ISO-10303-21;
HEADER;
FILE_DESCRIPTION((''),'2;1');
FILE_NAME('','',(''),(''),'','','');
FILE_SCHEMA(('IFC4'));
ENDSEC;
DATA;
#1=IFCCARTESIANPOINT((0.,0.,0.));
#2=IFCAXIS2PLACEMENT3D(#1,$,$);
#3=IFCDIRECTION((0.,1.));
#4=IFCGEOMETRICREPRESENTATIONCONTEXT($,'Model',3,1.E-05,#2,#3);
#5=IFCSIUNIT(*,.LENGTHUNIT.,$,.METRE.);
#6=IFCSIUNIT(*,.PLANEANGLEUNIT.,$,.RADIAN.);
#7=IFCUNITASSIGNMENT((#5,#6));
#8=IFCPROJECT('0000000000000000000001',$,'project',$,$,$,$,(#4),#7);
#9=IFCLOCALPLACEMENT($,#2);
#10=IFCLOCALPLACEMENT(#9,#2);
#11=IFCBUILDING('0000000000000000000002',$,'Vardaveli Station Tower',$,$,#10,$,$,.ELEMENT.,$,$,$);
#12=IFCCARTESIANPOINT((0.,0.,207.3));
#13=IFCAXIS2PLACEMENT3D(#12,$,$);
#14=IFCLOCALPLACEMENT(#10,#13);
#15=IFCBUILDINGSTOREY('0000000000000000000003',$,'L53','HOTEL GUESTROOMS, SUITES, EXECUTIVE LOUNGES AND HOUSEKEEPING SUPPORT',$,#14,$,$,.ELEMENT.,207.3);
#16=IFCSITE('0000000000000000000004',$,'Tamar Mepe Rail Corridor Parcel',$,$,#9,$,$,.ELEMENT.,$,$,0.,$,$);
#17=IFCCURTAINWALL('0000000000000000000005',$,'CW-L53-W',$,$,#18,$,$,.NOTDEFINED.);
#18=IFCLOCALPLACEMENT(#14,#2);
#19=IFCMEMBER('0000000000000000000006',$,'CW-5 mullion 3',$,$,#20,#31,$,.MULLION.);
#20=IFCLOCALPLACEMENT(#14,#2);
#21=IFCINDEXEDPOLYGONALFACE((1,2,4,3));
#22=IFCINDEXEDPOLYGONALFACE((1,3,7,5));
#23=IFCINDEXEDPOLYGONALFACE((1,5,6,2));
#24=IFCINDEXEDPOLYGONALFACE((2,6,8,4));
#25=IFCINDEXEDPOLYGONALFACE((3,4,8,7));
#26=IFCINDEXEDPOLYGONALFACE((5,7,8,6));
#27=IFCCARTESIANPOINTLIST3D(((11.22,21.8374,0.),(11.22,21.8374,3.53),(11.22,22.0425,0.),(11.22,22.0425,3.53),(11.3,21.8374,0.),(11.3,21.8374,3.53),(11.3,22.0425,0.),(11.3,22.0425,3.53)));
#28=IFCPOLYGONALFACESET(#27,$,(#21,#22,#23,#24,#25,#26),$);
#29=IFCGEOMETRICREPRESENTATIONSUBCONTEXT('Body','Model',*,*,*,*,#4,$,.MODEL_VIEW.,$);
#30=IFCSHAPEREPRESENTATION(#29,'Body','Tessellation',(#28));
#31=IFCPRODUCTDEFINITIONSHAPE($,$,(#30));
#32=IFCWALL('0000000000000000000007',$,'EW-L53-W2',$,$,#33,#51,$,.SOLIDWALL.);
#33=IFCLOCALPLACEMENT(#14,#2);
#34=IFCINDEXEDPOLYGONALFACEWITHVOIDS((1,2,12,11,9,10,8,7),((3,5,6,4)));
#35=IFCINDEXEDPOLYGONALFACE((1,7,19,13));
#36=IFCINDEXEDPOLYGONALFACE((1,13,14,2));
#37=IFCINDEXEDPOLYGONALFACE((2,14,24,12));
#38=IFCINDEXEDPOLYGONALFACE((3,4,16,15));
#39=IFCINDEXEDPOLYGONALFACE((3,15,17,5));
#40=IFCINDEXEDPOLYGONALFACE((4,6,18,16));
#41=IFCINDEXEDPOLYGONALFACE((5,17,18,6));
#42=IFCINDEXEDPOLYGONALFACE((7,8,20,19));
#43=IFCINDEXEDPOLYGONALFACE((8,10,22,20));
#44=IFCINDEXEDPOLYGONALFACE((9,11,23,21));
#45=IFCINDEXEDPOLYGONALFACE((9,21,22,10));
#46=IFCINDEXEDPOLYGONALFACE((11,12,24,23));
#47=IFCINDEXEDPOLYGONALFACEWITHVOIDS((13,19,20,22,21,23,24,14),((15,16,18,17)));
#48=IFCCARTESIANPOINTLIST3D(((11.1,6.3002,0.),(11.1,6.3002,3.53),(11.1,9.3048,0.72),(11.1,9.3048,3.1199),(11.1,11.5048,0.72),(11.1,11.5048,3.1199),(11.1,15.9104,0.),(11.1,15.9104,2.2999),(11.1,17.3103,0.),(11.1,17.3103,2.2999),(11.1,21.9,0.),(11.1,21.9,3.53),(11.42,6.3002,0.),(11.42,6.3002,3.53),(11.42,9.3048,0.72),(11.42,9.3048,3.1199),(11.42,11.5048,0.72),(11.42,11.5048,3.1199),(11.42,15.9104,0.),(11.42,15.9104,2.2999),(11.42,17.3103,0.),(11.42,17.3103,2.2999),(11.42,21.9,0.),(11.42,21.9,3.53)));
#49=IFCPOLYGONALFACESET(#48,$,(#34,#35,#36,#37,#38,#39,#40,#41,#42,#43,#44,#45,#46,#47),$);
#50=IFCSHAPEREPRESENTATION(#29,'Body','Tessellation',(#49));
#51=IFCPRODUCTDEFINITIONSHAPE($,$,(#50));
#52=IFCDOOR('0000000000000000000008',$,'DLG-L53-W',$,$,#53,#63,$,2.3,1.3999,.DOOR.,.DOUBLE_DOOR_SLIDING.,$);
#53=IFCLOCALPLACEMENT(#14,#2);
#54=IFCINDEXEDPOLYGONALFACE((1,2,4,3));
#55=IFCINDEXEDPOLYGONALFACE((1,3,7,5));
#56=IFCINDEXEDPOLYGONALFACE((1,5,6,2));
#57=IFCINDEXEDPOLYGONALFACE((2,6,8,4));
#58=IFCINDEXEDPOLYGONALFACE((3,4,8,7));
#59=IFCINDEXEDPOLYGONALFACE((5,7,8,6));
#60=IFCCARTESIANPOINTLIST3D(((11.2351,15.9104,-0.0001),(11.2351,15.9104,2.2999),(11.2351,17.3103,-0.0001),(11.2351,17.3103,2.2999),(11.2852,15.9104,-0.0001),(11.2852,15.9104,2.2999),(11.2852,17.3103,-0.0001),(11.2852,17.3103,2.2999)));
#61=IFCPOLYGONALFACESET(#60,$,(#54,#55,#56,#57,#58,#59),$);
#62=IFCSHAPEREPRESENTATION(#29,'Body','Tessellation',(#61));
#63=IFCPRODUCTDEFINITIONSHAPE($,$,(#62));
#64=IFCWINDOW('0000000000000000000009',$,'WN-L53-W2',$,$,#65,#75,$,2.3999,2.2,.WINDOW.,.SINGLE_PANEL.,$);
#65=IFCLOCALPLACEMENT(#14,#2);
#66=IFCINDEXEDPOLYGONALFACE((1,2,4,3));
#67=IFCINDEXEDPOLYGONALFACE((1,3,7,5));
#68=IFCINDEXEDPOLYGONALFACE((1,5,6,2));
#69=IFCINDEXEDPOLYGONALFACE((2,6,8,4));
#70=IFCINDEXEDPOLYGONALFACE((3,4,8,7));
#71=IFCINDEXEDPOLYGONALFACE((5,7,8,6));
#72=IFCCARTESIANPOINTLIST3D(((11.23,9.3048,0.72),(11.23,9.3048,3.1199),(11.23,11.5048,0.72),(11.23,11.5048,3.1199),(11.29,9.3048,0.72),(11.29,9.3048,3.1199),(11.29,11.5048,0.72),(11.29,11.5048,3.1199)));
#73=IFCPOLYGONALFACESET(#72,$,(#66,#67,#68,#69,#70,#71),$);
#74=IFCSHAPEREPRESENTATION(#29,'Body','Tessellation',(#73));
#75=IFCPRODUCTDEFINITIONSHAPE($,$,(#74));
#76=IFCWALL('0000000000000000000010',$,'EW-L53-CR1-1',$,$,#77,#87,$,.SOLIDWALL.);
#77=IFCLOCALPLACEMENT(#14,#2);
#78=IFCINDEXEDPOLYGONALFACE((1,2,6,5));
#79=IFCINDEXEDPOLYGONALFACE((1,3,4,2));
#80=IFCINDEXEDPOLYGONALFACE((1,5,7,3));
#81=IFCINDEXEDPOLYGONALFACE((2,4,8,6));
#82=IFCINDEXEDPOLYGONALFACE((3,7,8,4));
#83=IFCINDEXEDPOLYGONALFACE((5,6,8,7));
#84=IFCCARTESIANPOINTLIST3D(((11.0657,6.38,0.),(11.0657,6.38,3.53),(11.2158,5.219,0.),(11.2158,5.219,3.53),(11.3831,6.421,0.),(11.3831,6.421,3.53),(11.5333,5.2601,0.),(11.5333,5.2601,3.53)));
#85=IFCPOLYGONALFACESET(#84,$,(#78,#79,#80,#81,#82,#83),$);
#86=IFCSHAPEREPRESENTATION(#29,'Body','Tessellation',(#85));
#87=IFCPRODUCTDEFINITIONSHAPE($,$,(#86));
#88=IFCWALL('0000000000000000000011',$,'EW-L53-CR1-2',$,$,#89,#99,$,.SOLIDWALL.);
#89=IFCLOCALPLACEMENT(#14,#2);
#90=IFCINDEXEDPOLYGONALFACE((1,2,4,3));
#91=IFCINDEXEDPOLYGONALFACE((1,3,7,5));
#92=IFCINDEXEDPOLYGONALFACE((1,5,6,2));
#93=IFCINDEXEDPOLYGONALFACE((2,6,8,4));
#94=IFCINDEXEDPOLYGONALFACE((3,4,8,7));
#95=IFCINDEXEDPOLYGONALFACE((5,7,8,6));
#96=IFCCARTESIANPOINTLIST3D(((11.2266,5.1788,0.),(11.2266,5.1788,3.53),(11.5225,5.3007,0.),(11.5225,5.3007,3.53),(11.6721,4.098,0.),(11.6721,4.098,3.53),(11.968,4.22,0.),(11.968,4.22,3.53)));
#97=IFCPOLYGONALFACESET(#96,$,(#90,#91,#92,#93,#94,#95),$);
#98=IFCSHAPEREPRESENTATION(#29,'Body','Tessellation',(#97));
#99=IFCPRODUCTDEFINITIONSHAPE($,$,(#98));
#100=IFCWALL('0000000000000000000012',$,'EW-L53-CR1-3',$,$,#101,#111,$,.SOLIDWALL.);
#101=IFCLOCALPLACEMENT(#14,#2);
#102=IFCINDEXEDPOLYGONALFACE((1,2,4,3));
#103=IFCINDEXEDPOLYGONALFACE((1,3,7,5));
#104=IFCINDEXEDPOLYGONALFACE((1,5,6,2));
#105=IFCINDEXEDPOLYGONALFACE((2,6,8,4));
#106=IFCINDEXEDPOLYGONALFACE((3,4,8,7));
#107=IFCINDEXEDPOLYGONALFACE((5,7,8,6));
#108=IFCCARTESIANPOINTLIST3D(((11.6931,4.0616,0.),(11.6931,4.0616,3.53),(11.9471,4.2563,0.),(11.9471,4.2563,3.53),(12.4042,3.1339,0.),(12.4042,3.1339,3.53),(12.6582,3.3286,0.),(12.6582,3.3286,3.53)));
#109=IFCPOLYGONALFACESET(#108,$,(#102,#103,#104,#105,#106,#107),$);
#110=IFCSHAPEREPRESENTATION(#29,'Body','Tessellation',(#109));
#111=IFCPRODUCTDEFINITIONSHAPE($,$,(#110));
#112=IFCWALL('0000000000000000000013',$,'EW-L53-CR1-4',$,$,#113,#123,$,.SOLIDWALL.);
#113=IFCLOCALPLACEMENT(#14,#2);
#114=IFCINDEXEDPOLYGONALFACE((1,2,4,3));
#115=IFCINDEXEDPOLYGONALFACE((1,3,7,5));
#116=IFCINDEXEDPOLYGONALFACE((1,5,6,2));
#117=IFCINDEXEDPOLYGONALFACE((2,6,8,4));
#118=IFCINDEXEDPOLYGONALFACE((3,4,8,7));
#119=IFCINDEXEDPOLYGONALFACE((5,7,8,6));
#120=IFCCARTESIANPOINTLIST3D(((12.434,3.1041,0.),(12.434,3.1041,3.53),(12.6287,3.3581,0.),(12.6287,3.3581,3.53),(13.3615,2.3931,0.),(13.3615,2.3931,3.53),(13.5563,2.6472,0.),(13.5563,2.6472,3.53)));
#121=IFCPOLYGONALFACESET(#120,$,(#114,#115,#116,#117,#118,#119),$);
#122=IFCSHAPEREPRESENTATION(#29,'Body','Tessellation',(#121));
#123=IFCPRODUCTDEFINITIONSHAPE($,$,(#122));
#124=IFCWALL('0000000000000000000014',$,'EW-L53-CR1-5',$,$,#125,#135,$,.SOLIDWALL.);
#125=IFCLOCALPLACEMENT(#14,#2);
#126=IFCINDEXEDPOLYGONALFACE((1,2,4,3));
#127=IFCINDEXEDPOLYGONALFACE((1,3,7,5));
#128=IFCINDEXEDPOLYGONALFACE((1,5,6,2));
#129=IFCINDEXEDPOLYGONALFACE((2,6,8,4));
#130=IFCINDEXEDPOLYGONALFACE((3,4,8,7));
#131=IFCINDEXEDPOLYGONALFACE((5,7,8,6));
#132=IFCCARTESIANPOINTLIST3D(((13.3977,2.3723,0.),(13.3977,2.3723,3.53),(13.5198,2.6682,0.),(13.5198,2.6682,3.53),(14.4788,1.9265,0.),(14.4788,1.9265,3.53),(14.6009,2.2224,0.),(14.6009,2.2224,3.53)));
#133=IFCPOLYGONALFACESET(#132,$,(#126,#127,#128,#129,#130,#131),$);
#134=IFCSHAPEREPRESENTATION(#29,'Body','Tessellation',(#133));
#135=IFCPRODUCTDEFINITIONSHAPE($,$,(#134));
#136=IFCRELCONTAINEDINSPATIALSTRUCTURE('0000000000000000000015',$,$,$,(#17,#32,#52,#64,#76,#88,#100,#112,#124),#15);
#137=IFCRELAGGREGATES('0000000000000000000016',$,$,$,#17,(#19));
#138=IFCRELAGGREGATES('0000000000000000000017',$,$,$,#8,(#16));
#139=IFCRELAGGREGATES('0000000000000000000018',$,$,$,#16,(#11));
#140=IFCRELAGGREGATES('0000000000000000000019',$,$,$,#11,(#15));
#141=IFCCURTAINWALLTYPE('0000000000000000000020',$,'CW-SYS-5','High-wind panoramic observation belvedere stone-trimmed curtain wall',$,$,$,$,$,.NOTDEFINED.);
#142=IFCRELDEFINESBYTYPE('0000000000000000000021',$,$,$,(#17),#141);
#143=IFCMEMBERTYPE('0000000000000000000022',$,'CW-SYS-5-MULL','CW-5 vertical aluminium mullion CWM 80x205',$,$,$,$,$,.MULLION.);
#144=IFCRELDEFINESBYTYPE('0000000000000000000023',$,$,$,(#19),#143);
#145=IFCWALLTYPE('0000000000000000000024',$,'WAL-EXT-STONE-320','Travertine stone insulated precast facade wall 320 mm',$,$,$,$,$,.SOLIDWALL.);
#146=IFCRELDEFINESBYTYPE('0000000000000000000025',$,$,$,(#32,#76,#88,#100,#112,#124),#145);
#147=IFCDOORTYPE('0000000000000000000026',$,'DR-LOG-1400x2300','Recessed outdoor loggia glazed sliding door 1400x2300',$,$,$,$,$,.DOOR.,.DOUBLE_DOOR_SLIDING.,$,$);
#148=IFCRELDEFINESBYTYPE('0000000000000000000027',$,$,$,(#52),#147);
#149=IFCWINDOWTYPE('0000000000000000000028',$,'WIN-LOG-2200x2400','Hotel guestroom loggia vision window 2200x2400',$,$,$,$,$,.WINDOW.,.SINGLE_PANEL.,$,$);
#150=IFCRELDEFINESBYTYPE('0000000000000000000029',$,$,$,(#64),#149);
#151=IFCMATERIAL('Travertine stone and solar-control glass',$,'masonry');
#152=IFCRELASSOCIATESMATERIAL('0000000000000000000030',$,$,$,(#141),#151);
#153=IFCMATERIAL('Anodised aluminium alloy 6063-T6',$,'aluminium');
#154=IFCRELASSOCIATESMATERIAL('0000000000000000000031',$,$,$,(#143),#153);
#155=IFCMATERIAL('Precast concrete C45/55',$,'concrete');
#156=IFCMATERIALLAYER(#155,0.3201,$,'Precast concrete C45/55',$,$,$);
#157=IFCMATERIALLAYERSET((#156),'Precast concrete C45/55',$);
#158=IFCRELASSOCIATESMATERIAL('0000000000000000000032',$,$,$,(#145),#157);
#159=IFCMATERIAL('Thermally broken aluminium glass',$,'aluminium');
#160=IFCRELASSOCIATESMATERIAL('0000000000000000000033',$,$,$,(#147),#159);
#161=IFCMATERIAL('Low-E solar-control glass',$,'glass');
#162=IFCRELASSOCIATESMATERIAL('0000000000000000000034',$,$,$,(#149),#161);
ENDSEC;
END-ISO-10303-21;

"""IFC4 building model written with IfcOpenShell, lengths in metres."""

from ifc_helpers import new_model, si_unit, direction, frame, frame_2d, origin, origin_2d, place, context, subcontext, project, spatial, rectangle, extrude, source, transform, mapped, material, layer, layer_set, material_profile, profile_set, type_object, element, fill, aggregate, save


model = new_model("IFC4")

# Units and contexts
model_context = context("Model", 3, precision=1e-05, world=origin(), true_north=direction((0.0, 1.0)))
body_context = subcontext(model_context, "Body", "Model", "MODEL_VIEW")
ifc_project = project(units=[si_unit("LENGTHUNIT", "METRE"), si_unit("PLANEANGLEUNIT", "RADIAN")], contexts=[model_context])

# Site, building, storey
site_placement = place(None, origin())
site = spatial("IfcSite", under=ifc_project, at=site_placement, Name="Tamar Mepe Rail Corridor Parcel", CompositionType="ELEMENT", RefElevation=0.0)
building_placement = place(site_placement, origin())
building = spatial("IfcBuilding", under=site, at=building_placement, Name="Vardaveli Station Tower", CompositionType="ELEMENT")
storey_placement = place(building_placement, frame((0.0, 0.0, 207.3)))
storey = spatial("IfcBuildingStorey", under=building, at=storey_placement, Name="L53", Description="HOTEL GUESTROOMS, SUITES, EXECUTIVE LOUNGES AND HOUSEKEEPING SUPPORT", CompositionType="ELEMENT", Elevation=207.3)

# Shared definitions
ifc_material_1 = material(Name="Precast concrete C45/55", Category="concrete")

# Curtain wall, member
ifc_material_2 = material(Name="Travertine stone and solar-control glass", Category="masonry")
curtain_wall_type = type_object("IfcCurtainWallType", Name="CW-SYS-5", Description="High-wind panoramic observation belvedere stone-trimmed curtain wall", PredefinedType="NOTDEFINED", material=ifc_material_2)
curtain_wall_placement = place(storey_placement, origin())
curtain_wall = element("IfcCurtainWall", 1, at=curtain_wall_placement, inside=storey, type_object=curtain_wall_type, Name="CW-L53-W", PredefinedType="NOTDEFINED")
ifc_material_3 = material(Name="Anodised aluminium alloy 6063-T6", Category="aluminium")
ifc_material_profile_1 = material_profile(ifc_material_3, rectangle(XDim=0.0801, YDim=0.2051, at=origin_2d()), Name="CWM 80x205")
ifc_profile_set_1 = profile_set([ifc_material_profile_1], Name="Anodised aluminium alloy 6063-T6")
member_type = type_object("IfcMemberType", Name="CW-SYS-5-MULL", Description="CW-5 vertical aluminium mullion CWM 80x205", PredefinedType="MULLION", material=ifc_profile_set_1)
shared_shape_1 = source(origin(), body_context, "Body", "SweptSolid", [
    extrude(rectangle(XDim=0.0801, YDim=0.2051, at=origin_2d()), origin(), (0.0, 0.0, 1.0), 3.53),
])
member_placement = place(storey_placement, frame((11.26, 21.9399, 0.0), z_axis=(0.0, 0.0, 1.0), x_axis=(1.0, 0.0, 0.0)))
member = element("IfcMember", 2, at=member_placement, type_object=member_type, Name="CW-5 mullion 3", PredefinedType="MULLION", context=body_context, shape_type="MappedRepresentation", body=[
    mapped(shared_shape_1, transform((0.0, 0.0, 0.0), scale=1.0)),
])
aggregate(curtain_wall, [member])

# Wall, openings, door, window
ifc_layer_1 = layer(ifc_material_1, 0.3201, Name="Precast concrete C45/55")
ifc_layer_set_1 = layer_set([ifc_layer_1], Name="Precast concrete C45/55")
wall_type_1 = type_object("IfcWallType", Name="WAL-EXT-STONE-320", Description="Travertine stone insulated precast facade wall 320 mm", PredefinedType="SOLIDWALL", material=ifc_layer_set_1)
shared_shape_2 = source(origin(), body_context, "Body", "SweptSolid", [
    extrude(rectangle(XDim=15.5999, YDim=0.3201, at=frame_2d((7.7998, 0.0))), origin(), (0.0, 0.0, 1.0), 3.53),
])
wall_1_placement = place(storey_placement, frame((11.26, 21.8999, 0.0), z_axis=(0.0, 0.0, 1.0), x_axis=(0.0, -1.0, 0.0)))
wall_1 = element("IfcWall", 3, at=wall_1_placement, inside=storey, type_object=wall_type_1, Name="EW-L53-W2", PredefinedType="SOLIDWALL", context=body_context, shape_type="MappedRepresentation", body=[
    mapped(shared_shape_2, transform((0.0, 0.0, 0.0), scale=1.0)),
])
shared_shape_3 = source(origin(), body_context, "Body", "SweptSolid", [
    extrude(rectangle(XDim=1.3999, YDim=2.3, at=frame_2d((0.7, 1.1499))), frame((0.0, 0.1699, 0.0), z_axis=(0.0, -1.0, 0.0), x_axis=(1.0, 0.0, 0.0)), (0.0, 0.0, 1.0), 0.3401),
])
opening_1_placement = place(wall_1_placement, frame((4.5896, 0.0, 0.0)))
opening_1 = element("IfcOpeningElement", 4, at=opening_1_placement, cuts=wall_1, PredefinedType="OPENING", context=body_context, shape_type="MappedRepresentation", body=[
    mapped(shared_shape_3, transform((0.0, 0.0, 0.0), scale=1.0)),
])
shared_shape_4 = source(origin(), body_context, "Body", "SweptSolid", [
    extrude(rectangle(XDim=2.2, YDim=2.3999, at=frame_2d((1.1001, 1.2))), frame((0.0, 0.1699, 0.0), z_axis=(0.0, -1.0, 0.0), x_axis=(1.0, 0.0, 0.0)), (0.0, 0.0, 1.0), 0.3401),
])
opening_2_placement = place(wall_1_placement, frame((10.395, 0.0, 0.72)))
opening_2 = element("IfcOpeningElement", 5, at=opening_2_placement, cuts=wall_1, PredefinedType="OPENING", context=body_context, shape_type="MappedRepresentation", body=[
    mapped(shared_shape_4, transform((0.0, 0.0, 0.0), scale=1.0)),
])
ifc_material_4 = material(Name="Thermally broken aluminium glass", Category="aluminium")
door_type_1 = type_object("IfcDoorType", Name="DR-LOG-1400x2300", Description="Recessed outdoor loggia glazed sliding door 1400x2300", OperationType="DOUBLE_DOOR_SLIDING", PredefinedType="DOOR", material=ifc_material_4)
shared_shape_5 = source(origin(), body_context, "Body", "SweptSolid", [
    extrude(rectangle(XDim=1.3999, YDim=2.3, at=frame_2d((0.7, 1.1499))), frame((0.0, 0.0249, 0.0), z_axis=(0.0, -1.0, 0.0), x_axis=(1.0, 0.0, 0.0)), (0.0, 0.0, 1.0), 0.05),
])
door_1_placement = place(opening_1_placement, frame((1.3999, 0.0, 0.0), z_axis=(0.0, 0.0, 1.0), x_axis=(-1.0, 0.0, 0.0)))
door_1 = element("IfcDoor", 6, at=door_1_placement, inside=storey, type_object=door_type_1, Name="DLG-L53-W", OperationType="DOUBLE_DOOR_SLIDING", OverallHeight=2.3, OverallWidth=1.3999, PredefinedType="DOOR", context=body_context, shape_type="MappedRepresentation", body=[
    mapped(shared_shape_5, transform((0.0, 0.0, 0.0), scale=1.0)),
])
fill(opening_1, door_1)
ifc_material_5 = material(Name="Low-E solar-control glass", Category="glass")
window_type = type_object("IfcWindowType", Name="WIN-LOG-2200x2400", Description="Hotel guestroom loggia vision window 2200x2400", PartitioningType="SINGLE_PANEL", PredefinedType="WINDOW", material=ifc_material_5)
shared_shape_6 = source(origin(), body_context, "Body", "SweptSolid", [
    extrude(rectangle(XDim=2.2, YDim=2.3999, at=frame_2d((1.1001, 1.2))), frame((0.0, 0.03, 0.0), z_axis=(0.0, -1.0, 0.0), x_axis=(1.0, 0.0, 0.0)), (0.0, 0.0, 1.0), 0.0601),
])
window_placement = place(opening_2_placement, origin())
window = element("IfcWindow", 7, at=window_placement, inside=storey, type_object=window_type, Name="WN-L53-W2", OverallHeight=2.3999, OverallWidth=2.2, PartitioningType="SINGLE_PANEL", PredefinedType="WINDOW", context=body_context, shape_type="MappedRepresentation", body=[
    mapped(shared_shape_6, transform((0.0, 0.0, 0.0), scale=1.0)),
])
fill(opening_2, window)

# Walls
shared_shape_7 = source(origin(), body_context, "Body", "SweptSolid", [
    extrude(rectangle(XDim=1.1707, YDim=0.3201, at=frame_2d((0.5854, 0.0))), origin(), (0.0, 0.0, 1.0), 3.53),
])
wall_2_placement = place(storey_placement, frame((11.2244, 6.4006, 0.0), z_axis=(0.0, 0.0, 1.0), x_axis=(0.128269, -0.991739, 0.0)))
element("IfcWall", 8, at=wall_2_placement, inside=storey, type_object=wall_type_1, Name="EW-L53-CR1-1", PredefinedType="SOLIDWALL", context=body_context, shape_type="MappedRepresentation", body=[
    mapped(shared_shape_7, transform((0.0, 0.0, 0.0), scale=1.0)),
])
shared_shape_8 = source(origin(), body_context, "Body", "SweptSolid", [
    extrude(rectangle(XDim=1.1689, YDim=0.3201, at=frame_2d((0.5845, 0.0))), origin(), (0.0, 0.0, 1.0), 3.53),
])
for number, where, z_axis, x_axis, name in (
    (9, (11.3745, 5.2397, 0.0), (0.0, 0.0, 1.0), (0.381128, -0.924522, 0.0), "EW-L53-CR1-2"),
    (10, (11.8201, 4.1589, 0.0), (0.0, 0.0, 1.0), (0.608388, -0.79364, 0.0), "EW-L53-CR1-3"),
):
    element("IfcWall", number, at=place(storey_placement, frame(where, z_axis=z_axis, x_axis=x_axis)), inside=storey, type_object=wall_type_1, Name=name, PredefinedType="SOLIDWALL", context=body_context, shape_type="MappedRepresentation", body=[
        mapped(shared_shape_8, transform((0.0, 0.0, 0.0), scale=1.0)),
    ])
shared_shape_9 = source(origin(), body_context, "Body", "SweptSolid", [
    extrude(rectangle(XDim=1.1687, YDim=0.3201, at=frame_2d((0.5845, 0.0))), origin(), (0.0, 0.0, 1.0), 3.53),
])
wall_3_placement = place(storey_placement, frame((12.5312, 3.2312, 0.0), z_axis=(0.0, 0.0, 1.0), x_axis=(0.793664, -0.608357, 0.0)))
element("IfcWall", 11, at=wall_3_placement, inside=storey, type_object=wall_type_1, Name="EW-L53-CR1-4", PredefinedType="SOLIDWALL", context=body_context, shape_type="MappedRepresentation", body=[
    mapped(shared_shape_9, transform((0.0, 0.0, 0.0), scale=1.0)),
])
shared_shape_10 = source(origin(), body_context, "Body", "SweptSolid", [
    extrude(rectangle(XDim=1.1694, YDim=0.3201, at=frame_2d((0.5847, 0.0))), origin(), (0.0, 0.0, 1.0), 3.53),
])
wall_4_placement = place(storey_placement, frame((13.4587, 2.5203, 0.0), z_axis=(0.0, 0.0, 1.0), x_axis=(0.924479, -0.381233, 0.0)))
element("IfcWall", 12, at=wall_4_placement, inside=storey, type_object=wall_type_1, Name="EW-L53-CR1-5", PredefinedType="SOLIDWALL", context=body_context, shape_type="MappedRepresentation", body=[
    mapped(shared_shape_10, transform((0.0, 0.0, 0.0), scale=1.0)),
])

save(model, "model.ifc")
